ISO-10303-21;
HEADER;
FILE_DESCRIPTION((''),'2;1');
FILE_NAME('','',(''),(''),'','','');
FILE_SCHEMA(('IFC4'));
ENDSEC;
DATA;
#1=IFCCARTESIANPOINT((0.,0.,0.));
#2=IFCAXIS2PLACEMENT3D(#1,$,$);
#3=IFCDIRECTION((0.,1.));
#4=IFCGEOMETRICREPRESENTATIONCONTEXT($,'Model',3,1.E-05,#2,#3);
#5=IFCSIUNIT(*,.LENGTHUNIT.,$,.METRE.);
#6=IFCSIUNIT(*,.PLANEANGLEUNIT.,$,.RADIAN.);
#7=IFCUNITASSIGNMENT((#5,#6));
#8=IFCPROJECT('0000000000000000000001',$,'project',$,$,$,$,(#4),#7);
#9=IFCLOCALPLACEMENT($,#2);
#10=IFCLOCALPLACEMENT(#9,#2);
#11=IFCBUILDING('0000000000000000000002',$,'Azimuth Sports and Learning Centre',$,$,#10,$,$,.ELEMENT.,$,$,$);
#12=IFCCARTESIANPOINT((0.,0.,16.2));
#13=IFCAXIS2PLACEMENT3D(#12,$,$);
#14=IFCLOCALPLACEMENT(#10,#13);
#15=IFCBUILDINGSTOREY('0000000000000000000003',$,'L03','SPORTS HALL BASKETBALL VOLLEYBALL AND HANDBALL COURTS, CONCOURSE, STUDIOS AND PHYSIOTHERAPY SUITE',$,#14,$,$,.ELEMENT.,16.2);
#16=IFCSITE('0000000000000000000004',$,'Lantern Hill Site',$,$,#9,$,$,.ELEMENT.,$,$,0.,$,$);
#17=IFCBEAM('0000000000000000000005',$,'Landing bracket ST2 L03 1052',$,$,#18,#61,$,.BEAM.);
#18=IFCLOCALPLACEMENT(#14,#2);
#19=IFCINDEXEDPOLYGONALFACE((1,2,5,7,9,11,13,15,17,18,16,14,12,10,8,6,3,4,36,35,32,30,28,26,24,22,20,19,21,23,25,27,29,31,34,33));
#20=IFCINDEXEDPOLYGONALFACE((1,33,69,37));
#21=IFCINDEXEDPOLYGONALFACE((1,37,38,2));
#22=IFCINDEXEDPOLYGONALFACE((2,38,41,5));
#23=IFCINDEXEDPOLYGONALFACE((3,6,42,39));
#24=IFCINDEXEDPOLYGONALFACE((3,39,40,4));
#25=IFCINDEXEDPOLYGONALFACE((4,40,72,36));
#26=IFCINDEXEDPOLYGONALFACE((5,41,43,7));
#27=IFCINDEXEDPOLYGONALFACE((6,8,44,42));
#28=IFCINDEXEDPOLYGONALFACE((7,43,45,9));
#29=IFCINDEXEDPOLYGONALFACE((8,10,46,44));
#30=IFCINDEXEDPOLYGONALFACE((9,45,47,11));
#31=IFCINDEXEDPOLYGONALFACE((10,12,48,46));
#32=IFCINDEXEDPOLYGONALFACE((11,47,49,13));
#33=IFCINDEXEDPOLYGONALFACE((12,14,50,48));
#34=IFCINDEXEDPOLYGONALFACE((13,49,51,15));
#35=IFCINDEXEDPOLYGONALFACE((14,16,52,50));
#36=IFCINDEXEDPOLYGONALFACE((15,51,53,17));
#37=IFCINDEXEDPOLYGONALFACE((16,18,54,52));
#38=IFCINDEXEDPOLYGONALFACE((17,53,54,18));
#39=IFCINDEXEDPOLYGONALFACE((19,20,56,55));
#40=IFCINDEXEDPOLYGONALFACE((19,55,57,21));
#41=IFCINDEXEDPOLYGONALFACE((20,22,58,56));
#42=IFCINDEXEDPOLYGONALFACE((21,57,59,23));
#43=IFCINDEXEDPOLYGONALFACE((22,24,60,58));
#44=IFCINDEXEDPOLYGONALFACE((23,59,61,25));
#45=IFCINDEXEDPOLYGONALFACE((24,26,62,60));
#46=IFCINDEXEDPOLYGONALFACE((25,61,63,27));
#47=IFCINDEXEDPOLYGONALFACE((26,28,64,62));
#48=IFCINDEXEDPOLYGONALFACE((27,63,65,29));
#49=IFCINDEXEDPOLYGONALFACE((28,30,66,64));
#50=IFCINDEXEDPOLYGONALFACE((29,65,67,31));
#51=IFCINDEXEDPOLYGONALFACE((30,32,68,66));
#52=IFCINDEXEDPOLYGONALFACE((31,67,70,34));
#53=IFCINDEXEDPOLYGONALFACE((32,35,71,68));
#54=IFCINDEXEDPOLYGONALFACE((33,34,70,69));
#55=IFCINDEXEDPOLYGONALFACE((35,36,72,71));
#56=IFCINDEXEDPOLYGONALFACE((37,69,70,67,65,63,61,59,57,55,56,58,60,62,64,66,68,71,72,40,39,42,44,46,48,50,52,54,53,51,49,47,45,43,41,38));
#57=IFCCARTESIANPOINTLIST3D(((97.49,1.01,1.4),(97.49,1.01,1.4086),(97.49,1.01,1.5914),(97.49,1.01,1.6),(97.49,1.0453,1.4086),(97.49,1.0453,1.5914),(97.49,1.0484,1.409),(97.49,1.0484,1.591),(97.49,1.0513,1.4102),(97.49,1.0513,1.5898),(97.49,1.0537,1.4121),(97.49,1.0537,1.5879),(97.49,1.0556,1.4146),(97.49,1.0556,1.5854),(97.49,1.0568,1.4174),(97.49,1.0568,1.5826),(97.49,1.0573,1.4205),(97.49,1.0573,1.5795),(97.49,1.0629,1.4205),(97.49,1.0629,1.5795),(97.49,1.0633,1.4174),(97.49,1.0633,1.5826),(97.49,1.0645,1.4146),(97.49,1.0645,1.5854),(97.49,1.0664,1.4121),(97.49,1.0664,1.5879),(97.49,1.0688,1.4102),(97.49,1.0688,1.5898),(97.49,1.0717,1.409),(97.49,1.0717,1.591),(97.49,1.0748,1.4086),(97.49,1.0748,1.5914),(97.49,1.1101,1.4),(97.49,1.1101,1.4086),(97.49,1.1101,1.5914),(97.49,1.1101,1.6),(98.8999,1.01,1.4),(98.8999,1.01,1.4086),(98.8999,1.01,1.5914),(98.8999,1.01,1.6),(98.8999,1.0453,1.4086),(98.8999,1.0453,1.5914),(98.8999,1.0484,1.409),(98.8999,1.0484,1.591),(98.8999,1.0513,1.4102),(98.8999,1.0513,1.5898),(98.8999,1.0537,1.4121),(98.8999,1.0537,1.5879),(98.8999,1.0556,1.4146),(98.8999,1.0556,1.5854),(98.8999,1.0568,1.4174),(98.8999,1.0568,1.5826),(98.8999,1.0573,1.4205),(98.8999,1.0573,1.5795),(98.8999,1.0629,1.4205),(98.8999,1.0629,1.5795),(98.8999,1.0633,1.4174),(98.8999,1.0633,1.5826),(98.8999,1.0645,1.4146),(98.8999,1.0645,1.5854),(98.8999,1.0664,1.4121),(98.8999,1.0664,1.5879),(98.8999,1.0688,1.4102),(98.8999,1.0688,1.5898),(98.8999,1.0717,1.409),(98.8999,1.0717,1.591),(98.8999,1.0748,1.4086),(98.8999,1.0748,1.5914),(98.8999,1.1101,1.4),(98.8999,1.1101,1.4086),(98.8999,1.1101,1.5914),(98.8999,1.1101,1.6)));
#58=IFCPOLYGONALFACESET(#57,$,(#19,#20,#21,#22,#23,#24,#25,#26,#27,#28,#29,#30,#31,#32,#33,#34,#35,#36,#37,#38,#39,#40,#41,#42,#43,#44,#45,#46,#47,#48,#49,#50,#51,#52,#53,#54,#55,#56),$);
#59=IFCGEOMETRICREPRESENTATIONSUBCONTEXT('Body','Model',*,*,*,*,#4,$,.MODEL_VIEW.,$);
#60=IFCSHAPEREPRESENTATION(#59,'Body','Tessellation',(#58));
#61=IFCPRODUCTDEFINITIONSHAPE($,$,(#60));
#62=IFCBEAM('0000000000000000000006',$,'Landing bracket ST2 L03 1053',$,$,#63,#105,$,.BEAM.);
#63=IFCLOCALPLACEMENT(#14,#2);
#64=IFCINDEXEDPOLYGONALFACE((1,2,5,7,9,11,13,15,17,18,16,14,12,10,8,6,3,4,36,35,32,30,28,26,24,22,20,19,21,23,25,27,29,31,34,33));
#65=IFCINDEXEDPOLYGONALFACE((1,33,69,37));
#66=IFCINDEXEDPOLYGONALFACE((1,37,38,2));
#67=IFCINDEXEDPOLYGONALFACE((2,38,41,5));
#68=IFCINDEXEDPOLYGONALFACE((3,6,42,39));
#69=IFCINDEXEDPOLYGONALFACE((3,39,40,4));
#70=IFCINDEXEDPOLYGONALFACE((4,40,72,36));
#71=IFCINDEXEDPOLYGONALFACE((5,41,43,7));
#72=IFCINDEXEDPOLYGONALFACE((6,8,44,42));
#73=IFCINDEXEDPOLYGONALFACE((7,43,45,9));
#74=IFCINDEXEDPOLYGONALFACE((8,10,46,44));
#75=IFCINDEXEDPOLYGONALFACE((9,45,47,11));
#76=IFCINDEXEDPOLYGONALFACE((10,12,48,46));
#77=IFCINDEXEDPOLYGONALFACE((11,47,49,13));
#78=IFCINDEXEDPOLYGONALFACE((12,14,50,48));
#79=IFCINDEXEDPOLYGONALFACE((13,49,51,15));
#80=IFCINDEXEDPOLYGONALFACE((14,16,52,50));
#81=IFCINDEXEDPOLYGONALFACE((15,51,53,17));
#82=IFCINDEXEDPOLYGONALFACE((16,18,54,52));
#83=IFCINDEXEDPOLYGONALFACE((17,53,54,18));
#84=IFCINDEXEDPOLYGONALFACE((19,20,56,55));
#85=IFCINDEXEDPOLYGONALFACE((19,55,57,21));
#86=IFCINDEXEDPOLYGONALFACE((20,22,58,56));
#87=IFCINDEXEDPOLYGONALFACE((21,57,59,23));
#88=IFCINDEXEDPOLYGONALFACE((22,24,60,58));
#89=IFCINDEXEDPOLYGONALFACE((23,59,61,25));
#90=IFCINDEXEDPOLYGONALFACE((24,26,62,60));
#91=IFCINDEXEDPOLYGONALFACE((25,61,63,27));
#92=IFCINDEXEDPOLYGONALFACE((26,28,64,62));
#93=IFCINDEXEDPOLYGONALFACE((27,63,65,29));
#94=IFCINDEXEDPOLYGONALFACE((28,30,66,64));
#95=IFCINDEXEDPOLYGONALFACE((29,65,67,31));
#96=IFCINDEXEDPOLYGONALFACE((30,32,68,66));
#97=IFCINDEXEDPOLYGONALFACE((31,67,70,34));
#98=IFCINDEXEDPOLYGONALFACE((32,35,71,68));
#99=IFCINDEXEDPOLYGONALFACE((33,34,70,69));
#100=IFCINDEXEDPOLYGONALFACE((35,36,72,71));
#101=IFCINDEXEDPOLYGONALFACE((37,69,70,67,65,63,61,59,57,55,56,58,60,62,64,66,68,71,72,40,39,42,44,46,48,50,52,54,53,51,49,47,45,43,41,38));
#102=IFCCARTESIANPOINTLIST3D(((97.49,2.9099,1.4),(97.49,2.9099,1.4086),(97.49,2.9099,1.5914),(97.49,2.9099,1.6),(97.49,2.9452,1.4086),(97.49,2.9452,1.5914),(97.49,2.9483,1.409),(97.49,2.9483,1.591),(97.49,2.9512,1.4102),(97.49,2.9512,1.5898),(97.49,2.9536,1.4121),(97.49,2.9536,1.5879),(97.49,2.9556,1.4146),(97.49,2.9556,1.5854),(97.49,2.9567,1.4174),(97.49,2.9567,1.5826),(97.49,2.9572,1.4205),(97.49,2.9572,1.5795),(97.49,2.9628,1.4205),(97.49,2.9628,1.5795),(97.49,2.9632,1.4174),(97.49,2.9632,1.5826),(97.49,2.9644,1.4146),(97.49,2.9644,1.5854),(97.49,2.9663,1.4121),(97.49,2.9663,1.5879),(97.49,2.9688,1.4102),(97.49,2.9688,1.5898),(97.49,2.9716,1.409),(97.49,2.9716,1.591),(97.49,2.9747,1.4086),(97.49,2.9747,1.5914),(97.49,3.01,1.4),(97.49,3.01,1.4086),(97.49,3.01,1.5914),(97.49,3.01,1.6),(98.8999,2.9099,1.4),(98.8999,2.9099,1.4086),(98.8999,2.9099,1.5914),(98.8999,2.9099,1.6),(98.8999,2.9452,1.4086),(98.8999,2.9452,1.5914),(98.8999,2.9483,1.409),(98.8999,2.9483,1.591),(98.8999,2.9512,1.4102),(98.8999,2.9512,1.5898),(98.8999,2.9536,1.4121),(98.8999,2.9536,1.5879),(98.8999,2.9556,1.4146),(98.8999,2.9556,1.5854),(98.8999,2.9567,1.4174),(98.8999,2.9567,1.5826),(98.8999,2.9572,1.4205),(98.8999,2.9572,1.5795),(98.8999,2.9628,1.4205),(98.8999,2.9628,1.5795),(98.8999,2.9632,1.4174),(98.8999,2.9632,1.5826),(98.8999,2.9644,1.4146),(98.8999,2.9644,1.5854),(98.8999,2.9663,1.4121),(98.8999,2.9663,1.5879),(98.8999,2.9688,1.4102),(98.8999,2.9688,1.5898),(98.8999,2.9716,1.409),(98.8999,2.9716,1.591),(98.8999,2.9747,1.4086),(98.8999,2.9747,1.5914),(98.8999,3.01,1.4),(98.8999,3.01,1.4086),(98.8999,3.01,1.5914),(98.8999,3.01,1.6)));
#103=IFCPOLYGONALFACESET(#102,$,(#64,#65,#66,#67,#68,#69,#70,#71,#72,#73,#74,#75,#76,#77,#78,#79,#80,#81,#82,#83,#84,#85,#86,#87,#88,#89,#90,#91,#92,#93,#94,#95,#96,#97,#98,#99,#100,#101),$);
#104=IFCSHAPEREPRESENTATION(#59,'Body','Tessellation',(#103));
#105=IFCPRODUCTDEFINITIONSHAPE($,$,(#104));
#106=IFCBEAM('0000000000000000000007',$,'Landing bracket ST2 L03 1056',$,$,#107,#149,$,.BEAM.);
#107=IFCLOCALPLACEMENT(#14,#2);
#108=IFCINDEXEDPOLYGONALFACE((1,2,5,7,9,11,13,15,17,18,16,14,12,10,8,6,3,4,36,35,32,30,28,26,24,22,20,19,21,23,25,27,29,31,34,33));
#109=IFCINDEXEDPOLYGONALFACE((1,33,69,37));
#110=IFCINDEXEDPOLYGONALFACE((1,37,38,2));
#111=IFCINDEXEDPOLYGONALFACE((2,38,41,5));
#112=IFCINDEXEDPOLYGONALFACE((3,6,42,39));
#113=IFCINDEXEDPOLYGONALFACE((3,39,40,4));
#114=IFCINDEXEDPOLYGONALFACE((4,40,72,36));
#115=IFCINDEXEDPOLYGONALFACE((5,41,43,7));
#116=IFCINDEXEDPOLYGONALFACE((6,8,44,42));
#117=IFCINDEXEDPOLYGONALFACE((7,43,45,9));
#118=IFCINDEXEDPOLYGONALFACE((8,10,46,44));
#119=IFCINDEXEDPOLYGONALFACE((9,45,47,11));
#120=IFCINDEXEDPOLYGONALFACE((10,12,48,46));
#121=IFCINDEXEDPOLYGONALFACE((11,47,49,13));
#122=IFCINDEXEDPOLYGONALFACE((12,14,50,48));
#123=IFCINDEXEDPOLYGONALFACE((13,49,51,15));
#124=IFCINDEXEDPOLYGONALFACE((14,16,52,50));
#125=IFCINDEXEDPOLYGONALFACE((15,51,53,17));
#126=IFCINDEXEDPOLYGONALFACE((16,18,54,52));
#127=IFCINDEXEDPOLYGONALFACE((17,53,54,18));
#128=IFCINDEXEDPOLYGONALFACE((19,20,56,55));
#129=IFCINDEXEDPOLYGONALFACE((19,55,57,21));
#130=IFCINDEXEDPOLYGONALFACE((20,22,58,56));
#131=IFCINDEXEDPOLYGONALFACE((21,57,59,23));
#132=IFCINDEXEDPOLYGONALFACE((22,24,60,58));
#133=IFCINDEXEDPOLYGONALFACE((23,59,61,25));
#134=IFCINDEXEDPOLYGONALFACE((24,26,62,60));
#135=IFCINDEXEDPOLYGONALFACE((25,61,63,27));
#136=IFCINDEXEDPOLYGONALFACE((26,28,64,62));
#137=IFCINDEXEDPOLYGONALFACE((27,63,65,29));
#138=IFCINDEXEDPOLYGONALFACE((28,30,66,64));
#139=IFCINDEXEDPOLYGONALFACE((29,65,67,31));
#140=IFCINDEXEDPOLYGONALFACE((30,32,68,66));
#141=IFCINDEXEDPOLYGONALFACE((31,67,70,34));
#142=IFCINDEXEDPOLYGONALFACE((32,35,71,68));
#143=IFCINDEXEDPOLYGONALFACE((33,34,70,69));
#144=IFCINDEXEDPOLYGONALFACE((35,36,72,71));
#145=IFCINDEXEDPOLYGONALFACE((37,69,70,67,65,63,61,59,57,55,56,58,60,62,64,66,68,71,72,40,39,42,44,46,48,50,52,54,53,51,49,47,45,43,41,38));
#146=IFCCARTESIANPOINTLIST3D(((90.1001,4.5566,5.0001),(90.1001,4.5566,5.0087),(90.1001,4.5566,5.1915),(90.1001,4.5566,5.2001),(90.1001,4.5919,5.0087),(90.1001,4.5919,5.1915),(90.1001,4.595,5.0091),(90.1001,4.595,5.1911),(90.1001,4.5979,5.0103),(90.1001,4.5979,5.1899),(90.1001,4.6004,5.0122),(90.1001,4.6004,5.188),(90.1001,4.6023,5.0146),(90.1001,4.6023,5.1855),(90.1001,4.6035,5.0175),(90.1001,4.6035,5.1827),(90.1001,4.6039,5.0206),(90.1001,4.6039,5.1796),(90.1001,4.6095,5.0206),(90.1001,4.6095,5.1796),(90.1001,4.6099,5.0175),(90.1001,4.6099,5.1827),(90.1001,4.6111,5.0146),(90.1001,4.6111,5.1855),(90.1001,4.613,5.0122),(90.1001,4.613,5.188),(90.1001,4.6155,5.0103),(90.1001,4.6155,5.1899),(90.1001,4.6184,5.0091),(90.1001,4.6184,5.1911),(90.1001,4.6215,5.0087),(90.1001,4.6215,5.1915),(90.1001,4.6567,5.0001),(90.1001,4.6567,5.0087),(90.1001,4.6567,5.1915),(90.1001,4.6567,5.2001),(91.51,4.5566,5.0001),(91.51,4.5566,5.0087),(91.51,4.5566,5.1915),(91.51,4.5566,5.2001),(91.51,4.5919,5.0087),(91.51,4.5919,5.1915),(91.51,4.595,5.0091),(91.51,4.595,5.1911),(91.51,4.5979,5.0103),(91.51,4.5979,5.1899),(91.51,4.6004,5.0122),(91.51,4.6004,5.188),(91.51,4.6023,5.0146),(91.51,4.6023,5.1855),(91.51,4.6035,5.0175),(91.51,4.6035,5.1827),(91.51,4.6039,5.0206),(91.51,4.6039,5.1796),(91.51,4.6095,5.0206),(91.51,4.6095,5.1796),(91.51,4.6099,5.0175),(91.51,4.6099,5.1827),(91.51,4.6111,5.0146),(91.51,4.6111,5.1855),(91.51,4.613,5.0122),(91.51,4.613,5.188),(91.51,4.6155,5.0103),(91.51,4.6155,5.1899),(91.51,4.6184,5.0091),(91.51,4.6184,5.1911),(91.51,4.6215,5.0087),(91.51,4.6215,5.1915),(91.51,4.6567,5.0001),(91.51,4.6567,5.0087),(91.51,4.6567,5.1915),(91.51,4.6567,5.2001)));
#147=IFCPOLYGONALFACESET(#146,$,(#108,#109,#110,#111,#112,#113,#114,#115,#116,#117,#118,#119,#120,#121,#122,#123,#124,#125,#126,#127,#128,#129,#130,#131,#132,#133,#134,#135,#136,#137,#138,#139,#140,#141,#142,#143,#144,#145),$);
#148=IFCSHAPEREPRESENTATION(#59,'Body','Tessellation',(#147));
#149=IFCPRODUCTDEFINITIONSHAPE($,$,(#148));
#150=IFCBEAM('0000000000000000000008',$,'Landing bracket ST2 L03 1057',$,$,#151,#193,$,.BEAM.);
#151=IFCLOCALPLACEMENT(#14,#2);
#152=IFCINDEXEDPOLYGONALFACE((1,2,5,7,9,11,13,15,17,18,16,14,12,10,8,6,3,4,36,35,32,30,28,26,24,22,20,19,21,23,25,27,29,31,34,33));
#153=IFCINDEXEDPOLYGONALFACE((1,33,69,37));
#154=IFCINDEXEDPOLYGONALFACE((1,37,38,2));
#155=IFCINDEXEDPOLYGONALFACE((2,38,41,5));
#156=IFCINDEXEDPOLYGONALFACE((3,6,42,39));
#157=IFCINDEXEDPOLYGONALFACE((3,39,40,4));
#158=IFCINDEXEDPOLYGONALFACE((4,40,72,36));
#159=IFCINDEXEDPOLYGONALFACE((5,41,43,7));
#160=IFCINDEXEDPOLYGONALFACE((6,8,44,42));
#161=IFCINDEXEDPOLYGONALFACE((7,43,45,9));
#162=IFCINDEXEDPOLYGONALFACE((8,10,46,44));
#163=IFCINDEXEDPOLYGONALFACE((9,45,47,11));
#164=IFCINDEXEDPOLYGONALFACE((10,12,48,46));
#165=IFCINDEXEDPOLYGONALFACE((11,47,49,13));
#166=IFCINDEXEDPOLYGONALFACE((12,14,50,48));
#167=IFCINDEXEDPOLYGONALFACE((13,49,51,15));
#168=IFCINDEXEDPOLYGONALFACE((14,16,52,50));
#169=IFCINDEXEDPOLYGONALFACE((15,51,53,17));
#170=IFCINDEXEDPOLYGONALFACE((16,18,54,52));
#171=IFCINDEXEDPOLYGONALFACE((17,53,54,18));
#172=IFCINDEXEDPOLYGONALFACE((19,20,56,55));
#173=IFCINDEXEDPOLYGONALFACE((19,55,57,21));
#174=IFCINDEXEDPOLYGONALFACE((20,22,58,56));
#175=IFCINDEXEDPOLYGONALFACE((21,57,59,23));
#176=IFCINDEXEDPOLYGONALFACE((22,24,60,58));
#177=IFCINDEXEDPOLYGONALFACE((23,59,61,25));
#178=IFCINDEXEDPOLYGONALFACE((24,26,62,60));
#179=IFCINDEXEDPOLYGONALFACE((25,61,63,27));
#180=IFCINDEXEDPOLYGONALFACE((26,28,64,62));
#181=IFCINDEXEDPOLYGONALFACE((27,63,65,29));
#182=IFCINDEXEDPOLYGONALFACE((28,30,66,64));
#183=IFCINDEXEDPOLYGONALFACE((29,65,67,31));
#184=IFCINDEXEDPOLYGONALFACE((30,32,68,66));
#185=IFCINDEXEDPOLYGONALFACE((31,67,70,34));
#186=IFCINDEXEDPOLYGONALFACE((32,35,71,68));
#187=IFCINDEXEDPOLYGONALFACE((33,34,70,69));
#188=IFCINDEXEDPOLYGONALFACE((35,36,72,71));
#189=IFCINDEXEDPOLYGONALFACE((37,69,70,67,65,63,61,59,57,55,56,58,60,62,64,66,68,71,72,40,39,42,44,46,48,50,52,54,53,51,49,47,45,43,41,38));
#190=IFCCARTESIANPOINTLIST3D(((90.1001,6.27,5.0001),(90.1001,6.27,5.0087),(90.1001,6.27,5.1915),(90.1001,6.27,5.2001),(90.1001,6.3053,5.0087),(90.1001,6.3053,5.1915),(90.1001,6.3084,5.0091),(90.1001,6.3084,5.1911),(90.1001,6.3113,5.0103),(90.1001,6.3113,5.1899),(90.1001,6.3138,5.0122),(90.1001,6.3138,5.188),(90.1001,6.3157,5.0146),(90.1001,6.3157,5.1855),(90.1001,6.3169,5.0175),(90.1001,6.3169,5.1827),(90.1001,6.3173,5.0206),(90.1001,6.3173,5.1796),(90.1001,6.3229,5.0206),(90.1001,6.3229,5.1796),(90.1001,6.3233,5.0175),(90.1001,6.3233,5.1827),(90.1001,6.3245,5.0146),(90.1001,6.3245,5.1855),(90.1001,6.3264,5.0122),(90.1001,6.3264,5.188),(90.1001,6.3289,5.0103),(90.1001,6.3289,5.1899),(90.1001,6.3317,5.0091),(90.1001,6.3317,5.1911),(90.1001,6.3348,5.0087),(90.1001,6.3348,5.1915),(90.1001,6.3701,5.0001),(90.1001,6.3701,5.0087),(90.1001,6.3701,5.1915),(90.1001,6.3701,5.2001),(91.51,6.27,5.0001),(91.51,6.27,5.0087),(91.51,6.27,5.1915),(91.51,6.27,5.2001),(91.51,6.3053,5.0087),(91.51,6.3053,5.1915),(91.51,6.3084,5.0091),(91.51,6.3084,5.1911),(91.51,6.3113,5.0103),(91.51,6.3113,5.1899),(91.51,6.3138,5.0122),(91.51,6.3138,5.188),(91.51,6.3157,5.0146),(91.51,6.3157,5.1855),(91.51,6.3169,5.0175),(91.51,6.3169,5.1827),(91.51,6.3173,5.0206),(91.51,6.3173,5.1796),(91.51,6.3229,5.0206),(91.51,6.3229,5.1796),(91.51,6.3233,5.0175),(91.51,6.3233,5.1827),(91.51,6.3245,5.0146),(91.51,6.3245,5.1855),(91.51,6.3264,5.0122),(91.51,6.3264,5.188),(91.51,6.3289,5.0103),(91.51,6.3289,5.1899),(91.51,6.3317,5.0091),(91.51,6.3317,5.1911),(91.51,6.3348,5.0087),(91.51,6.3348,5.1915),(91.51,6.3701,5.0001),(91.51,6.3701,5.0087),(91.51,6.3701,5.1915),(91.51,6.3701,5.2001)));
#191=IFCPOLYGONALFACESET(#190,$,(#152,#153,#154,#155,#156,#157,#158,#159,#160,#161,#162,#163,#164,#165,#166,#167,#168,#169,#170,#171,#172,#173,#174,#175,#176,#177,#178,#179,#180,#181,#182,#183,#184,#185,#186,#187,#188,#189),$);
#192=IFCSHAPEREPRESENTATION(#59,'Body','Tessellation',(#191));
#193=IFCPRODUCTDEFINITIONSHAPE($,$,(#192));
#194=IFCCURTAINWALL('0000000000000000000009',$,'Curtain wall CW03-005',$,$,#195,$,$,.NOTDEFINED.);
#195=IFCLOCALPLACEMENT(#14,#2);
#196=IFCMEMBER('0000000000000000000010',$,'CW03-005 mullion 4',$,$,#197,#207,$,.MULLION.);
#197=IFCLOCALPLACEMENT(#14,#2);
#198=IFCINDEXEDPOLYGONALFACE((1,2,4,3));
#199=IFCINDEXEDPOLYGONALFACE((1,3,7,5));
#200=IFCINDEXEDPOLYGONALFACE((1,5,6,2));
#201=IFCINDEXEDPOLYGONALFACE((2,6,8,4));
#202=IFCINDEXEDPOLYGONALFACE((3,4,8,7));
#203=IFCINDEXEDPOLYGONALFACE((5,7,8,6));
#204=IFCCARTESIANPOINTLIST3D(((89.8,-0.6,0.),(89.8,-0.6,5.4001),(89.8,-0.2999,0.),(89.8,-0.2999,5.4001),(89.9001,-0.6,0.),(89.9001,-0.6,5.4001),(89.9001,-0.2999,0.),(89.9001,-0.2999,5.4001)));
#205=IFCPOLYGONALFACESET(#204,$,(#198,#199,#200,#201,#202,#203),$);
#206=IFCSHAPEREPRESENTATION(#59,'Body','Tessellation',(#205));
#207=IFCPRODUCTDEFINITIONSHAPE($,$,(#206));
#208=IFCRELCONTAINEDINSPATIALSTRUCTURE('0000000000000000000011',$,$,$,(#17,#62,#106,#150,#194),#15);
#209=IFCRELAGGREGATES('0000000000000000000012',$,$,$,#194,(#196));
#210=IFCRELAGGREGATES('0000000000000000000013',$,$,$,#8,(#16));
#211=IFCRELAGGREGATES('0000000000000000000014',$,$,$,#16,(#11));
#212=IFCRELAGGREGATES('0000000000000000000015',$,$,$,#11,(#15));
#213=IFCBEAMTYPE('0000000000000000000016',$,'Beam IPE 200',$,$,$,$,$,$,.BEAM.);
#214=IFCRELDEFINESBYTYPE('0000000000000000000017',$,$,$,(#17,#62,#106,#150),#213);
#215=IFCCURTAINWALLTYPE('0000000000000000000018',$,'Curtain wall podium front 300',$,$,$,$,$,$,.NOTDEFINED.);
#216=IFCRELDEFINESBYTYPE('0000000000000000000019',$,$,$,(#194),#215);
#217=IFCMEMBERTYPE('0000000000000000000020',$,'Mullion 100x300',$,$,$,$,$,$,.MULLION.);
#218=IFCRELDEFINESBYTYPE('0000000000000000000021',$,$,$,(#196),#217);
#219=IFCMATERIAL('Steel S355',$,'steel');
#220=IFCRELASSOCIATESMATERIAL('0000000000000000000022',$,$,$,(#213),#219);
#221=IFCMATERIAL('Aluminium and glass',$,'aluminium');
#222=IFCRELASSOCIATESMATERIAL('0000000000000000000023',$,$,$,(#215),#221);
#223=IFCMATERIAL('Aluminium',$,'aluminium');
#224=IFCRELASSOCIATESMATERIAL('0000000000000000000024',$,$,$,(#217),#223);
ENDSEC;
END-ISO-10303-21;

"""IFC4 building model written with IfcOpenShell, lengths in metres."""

from ifc_helpers import new_model, si_unit, direction, frame, origin, origin_2d, place, context, subcontext, project, spatial, rectangle, i_section, extrude, material, material_profile, profile_set, type_object, element, aggregate, save


model = new_model("IFC4")

# Units and contexts
model_context = context("Model", 3, precision=1e-05, world=origin(), true_north=direction((0.0, 1.0)))
body_context = subcontext(model_context, "Body", "Model", "MODEL_VIEW")
ifc_project = project(units=[si_unit("LENGTHUNIT", "METRE"), si_unit("PLANEANGLEUNIT", "RADIAN")], contexts=[model_context])

# Site, building, storey
site_placement = place(None, origin())
site = spatial("IfcSite", under=ifc_project, at=site_placement, Name="Lantern Hill Site", CompositionType="ELEMENT", RefElevation=0.0)
building_placement = place(site_placement, origin())
building = spatial("IfcBuilding", under=site, at=building_placement, Name="Azimuth Sports and Learning Centre", CompositionType="ELEMENT")
storey_placement = place(building_placement, frame((0.0, 0.0, 16.2)))
storey = spatial("IfcBuildingStorey", under=building, at=storey_placement, Name="L03", Description="SPORTS HALL BASKETBALL VOLLEYBALL AND HANDBALL COURTS, CONCOURSE, STUDIOS AND PHYSIOTHERAPY SUITE", CompositionType="ELEMENT", Elevation=16.2)

# Beams
ifc_material_1 = material(Name="Steel S355", Category="steel")
ifc_material_profile_1 = material_profile(ifc_material_1, i_section(OverallWidth=0.1001, OverallDepth=0.2, WebThickness=0.0056, FlangeThickness=0.0085, FilletRadius=0.012, at=origin_2d()), Name="IPE 200")
ifc_profile_set_1 = profile_set([ifc_material_profile_1], Name="Steel S355")
beam_type = type_object("IfcBeamType", Name="Beam IPE 200", PredefinedType="BEAM", material=ifc_profile_set_1)
for number, where, z_axis, x_axis, name in (
    (1, (98.8999, 1.0601, 1.5), (-1.0, 0.0, 0.0), (0.0, -1.0, 0.0), "Landing bracket ST2 L03 1052"),
    (2, (98.8999, 2.96, 1.5), (-1.0, 0.0, 0.0), (0.0, -1.0, 0.0), "Landing bracket ST2 L03 1053"),
    (3, (90.1001, 4.6067, 5.1001), (1.0, 0.0, 0.0), (0.0, 1.0, 0.0), "Landing bracket ST2 L03 1056"),
    (4, (90.1001, 6.3201, 5.1001), (1.0, 0.0, 0.0), (0.0, 1.0, 0.0), "Landing bracket ST2 L03 1057"),
):
    element("IfcBeam", number, at=place(storey_placement, frame(where, z_axis=z_axis, x_axis=x_axis)), inside=storey, type_object=beam_type, Name=name, PredefinedType="BEAM", context=body_context, shape_type="SweptSolid", body=[
        extrude(i_section(OverallWidth=0.1001, OverallDepth=0.2, WebThickness=0.0056, FlangeThickness=0.0085, FilletRadius=0.012, at=origin_2d()), origin(), (0.0, 0.0, 1.0), 1.4099),
    ])

# Curtain wall, member
ifc_material_2 = material(Name="Aluminium and glass", Category="aluminium")
curtain_wall_type = type_object("IfcCurtainWallType", Name="Curtain wall podium front 300", PredefinedType="NOTDEFINED", material=ifc_material_2)
curtain_wall_placement = place(storey_placement, origin())
curtain_wall = element("IfcCurtainWall", 5, at=curtain_wall_placement, inside=storey, type_object=curtain_wall_type, Name="Curtain wall CW03-005", PredefinedType="NOTDEFINED")
ifc_material_3 = material(Name="Aluminium", Category="aluminium")
ifc_material_profile_2 = material_profile(ifc_material_3, rectangle(XDim=0.3, YDim=0.1001, at=origin_2d()), Name="Mullion 100x300")
ifc_profile_set_2 = profile_set([ifc_material_profile_2], Name="Aluminium")
member_type = type_object("IfcMemberType", Name="Mullion 100x300", PredefinedType="MULLION", material=ifc_profile_set_2)
member_placement = place(storey_placement, frame((89.8501, -0.45, 0.0), z_axis=(0.0, 0.0, 1.0), x_axis=(0.0, 1.0, 0.0)))
member = element("IfcMember", 6, at=member_placement, type_object=member_type, Name="CW03-005 mullion 4", PredefinedType="MULLION", context=body_context, shape_type="SweptSolid", body=[
    extrude(rectangle(XDim=0.3, YDim=0.1001, at=origin_2d()), origin(), (0.0, 0.0, 1.0), 5.4001),
])
aggregate(curtain_wall, [member])

save(model, "model.ifc")
